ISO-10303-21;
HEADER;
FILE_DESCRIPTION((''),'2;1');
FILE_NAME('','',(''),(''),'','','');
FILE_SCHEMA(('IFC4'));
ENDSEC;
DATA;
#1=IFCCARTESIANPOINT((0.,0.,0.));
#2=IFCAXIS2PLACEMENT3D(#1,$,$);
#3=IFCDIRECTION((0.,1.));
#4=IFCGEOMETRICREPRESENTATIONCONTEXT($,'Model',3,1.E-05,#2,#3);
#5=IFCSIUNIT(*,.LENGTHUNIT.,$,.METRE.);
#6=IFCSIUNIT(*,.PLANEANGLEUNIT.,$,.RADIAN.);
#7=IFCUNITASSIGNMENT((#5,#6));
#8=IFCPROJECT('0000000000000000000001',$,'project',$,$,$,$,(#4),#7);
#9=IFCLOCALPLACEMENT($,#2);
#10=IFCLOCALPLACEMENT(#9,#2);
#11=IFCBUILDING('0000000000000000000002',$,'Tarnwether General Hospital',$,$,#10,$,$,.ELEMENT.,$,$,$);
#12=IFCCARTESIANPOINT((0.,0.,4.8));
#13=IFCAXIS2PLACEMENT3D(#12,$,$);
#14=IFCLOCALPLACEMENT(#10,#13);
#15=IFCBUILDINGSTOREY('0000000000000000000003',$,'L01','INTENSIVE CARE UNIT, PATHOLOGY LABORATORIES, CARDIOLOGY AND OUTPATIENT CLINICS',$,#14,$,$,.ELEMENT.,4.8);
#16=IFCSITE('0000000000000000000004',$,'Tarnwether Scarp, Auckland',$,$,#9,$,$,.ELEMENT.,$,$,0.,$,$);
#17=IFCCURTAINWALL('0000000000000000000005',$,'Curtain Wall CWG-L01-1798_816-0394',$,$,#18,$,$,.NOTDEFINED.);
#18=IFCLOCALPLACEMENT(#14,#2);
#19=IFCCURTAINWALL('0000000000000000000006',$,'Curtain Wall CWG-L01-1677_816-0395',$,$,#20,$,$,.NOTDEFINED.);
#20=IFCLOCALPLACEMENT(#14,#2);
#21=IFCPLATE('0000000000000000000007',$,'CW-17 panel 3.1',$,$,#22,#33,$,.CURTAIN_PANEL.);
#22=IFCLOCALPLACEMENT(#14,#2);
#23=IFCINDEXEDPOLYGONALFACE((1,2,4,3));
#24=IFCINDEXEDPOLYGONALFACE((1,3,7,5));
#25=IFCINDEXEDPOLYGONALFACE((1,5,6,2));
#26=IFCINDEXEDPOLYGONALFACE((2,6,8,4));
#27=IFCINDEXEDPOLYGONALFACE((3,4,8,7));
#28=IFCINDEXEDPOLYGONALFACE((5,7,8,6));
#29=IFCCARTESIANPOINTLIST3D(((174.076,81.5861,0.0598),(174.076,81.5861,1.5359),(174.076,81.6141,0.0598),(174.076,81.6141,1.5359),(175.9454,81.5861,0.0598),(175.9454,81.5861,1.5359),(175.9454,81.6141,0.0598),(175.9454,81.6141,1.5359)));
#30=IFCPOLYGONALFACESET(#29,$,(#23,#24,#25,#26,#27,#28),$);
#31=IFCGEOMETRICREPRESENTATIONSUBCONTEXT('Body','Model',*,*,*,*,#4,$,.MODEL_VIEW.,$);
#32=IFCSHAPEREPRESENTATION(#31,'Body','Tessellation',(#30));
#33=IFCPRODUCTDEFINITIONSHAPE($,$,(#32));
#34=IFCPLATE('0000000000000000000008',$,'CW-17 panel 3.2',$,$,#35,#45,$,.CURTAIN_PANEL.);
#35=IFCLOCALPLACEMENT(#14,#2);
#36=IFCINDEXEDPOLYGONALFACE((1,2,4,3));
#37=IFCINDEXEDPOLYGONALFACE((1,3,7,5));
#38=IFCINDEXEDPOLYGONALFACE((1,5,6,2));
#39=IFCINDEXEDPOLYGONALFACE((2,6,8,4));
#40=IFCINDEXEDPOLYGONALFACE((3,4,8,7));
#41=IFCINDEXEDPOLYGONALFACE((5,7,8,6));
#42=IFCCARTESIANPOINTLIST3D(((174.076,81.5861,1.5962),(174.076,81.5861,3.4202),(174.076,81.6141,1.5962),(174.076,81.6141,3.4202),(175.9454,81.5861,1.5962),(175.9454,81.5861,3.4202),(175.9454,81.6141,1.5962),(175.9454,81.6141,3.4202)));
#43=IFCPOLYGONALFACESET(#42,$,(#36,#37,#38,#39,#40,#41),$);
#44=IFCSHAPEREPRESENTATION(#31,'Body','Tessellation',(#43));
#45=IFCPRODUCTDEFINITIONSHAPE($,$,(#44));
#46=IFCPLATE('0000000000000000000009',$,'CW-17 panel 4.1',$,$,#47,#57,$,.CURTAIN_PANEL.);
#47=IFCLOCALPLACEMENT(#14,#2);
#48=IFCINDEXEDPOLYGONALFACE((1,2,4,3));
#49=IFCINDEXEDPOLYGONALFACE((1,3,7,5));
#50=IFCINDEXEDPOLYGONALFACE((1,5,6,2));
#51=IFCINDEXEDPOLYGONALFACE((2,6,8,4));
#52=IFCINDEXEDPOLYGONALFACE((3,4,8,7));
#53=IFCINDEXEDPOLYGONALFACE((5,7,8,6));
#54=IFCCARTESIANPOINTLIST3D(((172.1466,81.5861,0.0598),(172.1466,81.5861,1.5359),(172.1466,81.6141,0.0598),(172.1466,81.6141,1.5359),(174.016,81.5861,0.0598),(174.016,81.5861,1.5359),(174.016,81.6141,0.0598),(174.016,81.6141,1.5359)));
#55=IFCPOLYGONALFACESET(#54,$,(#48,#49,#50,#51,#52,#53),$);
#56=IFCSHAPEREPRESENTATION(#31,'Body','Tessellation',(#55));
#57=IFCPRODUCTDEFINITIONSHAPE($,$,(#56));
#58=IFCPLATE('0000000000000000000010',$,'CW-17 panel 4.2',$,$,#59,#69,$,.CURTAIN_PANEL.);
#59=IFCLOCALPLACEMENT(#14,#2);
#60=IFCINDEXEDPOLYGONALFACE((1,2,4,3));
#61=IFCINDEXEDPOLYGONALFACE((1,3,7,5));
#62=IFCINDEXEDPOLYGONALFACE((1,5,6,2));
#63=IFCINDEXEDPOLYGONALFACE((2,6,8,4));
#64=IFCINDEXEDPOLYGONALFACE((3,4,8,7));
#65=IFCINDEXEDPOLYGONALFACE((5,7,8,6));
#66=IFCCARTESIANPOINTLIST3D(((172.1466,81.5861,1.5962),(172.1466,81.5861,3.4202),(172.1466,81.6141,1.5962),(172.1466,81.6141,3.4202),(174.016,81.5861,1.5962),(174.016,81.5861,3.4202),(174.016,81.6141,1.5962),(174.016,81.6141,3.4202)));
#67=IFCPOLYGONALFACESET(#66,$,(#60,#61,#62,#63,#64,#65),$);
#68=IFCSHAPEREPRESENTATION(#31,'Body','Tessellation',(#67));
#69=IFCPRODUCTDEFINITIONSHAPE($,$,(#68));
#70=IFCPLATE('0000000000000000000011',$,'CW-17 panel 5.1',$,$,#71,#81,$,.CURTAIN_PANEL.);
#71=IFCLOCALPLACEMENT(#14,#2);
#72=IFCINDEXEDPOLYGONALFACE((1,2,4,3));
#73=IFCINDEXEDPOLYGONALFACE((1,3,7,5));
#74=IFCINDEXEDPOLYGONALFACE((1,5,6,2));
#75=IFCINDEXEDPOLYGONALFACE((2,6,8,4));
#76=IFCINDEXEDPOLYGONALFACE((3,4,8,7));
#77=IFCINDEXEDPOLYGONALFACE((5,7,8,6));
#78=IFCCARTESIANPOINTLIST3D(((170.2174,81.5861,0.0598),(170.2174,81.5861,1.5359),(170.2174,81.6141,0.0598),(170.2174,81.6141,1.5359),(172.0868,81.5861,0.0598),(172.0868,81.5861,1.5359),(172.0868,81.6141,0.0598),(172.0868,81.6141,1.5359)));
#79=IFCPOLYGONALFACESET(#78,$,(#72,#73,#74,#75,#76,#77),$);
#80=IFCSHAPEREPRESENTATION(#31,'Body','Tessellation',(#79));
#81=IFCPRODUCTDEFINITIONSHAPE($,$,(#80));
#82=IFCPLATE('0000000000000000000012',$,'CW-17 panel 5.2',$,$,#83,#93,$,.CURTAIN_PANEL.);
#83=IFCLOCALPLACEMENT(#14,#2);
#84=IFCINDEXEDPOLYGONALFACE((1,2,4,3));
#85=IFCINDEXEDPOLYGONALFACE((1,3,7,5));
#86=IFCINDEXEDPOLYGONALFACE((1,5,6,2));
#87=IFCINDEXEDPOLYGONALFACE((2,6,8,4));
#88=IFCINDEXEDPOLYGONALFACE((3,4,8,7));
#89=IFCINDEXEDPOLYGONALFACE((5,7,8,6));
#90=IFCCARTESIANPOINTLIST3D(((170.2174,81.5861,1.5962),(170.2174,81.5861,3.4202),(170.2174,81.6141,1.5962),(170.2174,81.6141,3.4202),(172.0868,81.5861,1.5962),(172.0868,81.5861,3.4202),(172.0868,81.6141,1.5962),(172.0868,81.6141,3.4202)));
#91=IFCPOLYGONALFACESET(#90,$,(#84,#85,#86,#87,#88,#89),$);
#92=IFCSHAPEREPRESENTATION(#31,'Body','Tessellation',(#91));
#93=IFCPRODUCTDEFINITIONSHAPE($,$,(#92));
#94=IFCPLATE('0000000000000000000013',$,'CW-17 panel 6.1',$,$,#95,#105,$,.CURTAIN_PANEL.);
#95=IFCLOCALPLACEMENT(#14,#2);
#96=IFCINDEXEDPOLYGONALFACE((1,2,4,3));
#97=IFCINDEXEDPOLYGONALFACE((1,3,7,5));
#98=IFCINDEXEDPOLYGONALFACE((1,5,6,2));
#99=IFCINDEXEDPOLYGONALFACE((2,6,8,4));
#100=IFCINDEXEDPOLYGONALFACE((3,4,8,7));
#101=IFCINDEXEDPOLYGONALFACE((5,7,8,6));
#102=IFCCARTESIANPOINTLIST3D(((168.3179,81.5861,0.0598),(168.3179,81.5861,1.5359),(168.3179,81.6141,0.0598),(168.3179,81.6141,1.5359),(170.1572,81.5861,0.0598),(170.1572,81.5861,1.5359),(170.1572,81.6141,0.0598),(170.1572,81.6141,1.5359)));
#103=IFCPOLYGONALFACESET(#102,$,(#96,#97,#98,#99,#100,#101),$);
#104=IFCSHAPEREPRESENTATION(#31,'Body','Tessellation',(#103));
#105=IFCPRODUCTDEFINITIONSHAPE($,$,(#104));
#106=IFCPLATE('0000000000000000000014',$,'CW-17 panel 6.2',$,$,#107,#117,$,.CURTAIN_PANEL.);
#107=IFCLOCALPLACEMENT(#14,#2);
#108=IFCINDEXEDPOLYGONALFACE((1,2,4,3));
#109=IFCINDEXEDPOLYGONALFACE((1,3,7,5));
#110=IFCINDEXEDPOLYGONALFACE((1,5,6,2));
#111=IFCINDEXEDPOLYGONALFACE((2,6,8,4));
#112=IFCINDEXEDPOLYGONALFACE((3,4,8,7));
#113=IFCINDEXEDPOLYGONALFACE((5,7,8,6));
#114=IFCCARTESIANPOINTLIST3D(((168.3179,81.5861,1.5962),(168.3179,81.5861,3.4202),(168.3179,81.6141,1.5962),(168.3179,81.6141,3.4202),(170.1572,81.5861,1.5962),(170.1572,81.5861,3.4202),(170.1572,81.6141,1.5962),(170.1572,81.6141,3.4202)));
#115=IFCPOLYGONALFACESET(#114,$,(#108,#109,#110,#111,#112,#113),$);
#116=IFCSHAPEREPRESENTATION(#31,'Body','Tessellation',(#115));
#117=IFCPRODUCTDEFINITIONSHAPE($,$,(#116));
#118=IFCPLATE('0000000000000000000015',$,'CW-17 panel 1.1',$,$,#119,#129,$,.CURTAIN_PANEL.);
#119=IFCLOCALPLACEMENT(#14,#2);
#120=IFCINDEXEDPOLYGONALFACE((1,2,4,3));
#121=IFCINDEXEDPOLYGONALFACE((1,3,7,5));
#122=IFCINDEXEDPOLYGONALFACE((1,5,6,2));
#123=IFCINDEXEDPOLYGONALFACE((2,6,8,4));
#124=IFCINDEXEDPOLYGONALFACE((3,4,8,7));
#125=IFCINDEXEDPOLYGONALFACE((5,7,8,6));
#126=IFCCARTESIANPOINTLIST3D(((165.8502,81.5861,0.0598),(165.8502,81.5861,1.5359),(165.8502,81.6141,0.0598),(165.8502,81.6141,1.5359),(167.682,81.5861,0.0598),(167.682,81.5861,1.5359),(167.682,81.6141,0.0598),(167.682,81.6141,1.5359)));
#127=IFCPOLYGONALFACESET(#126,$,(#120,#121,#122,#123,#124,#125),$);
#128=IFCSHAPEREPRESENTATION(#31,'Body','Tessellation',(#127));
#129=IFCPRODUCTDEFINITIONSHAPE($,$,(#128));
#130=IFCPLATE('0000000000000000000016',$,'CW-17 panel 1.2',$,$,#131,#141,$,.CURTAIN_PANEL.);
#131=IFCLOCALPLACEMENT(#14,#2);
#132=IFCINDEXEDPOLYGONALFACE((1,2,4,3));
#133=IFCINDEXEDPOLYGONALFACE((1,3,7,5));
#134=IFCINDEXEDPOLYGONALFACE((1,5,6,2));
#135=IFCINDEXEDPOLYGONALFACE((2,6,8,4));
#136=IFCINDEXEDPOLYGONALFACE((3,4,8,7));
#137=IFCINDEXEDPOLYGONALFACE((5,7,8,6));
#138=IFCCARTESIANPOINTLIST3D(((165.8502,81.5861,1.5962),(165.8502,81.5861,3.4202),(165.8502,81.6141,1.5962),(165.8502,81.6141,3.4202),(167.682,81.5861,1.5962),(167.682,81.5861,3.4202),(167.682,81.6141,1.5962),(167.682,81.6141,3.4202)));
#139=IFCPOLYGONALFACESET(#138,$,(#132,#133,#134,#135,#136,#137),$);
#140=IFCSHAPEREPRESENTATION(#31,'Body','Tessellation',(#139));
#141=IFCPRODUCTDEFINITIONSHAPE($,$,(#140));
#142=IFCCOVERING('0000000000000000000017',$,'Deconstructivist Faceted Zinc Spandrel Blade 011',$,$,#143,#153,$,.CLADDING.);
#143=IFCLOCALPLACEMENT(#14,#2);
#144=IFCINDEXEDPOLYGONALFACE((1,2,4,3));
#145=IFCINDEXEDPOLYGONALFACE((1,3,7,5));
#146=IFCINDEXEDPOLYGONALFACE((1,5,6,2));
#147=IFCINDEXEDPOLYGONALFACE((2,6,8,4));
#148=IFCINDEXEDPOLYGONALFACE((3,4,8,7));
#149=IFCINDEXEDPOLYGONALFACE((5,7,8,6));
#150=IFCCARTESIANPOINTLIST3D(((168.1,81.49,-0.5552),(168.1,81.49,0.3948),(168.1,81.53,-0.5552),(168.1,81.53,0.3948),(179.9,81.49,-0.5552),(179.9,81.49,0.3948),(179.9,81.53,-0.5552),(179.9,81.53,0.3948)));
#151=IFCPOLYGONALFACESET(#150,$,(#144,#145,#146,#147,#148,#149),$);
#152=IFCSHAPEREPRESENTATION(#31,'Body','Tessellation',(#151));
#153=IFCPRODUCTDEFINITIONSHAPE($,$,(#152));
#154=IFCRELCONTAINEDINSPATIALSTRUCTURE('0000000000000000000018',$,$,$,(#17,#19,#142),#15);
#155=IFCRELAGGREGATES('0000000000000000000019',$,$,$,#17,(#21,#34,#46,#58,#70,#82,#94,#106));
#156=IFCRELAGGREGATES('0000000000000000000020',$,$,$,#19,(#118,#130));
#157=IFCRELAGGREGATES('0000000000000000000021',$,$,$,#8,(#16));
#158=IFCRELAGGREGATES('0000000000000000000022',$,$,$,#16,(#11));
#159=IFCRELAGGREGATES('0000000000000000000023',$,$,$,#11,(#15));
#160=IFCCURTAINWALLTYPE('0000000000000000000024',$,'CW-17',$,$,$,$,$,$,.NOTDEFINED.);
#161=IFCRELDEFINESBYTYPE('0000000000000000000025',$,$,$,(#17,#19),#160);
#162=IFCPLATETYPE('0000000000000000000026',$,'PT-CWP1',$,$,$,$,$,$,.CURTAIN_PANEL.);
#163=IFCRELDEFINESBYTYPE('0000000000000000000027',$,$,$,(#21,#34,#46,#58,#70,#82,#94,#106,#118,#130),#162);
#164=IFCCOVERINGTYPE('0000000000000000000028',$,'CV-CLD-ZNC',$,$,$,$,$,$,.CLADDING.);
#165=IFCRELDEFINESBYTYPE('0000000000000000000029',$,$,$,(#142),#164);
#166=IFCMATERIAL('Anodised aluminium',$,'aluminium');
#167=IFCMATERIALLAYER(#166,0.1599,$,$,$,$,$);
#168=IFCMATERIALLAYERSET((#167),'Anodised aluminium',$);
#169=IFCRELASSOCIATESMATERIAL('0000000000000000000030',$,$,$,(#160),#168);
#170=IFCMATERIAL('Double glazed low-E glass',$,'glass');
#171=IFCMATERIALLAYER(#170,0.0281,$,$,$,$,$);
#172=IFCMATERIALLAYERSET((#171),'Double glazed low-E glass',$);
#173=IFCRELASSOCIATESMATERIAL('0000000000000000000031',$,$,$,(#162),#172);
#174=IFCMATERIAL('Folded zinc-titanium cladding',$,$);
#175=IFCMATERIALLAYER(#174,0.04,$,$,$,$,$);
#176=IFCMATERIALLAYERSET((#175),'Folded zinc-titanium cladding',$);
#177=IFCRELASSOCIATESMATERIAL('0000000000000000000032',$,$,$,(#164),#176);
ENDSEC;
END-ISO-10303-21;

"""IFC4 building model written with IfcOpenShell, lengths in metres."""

from ifc_helpers import new_model, si_unit, direction, frame, origin, origin_2d, place, context, subcontext, project, spatial, rectangle, extrude, material, layer, layer_set, type_object, element, aggregate, save


model = new_model("IFC4")

# Units and contexts
model_context = context("Model", 3, precision=1e-05, world=origin(), true_north=direction((0.0, 1.0)))
body_context = subcontext(model_context, "Body", "Model", "MODEL_VIEW")
ifc_project = project(units=[si_unit("LENGTHUNIT", "METRE"), si_unit("PLANEANGLEUNIT", "RADIAN")], contexts=[model_context])

# Site, building, storey
site_placement = place(None, origin())
site = spatial("IfcSite", under=ifc_project, at=site_placement, Name="Tarnwether Scarp, Auckland", CompositionType="ELEMENT", RefElevation=0.0)
building_placement = place(site_placement, origin())
building = spatial("IfcBuilding", under=site, at=building_placement, Name="Tarnwether General Hospital", CompositionType="ELEMENT")
storey_placement = place(building_placement, frame((0.0, 0.0, 4.8)))
storey = spatial("IfcBuildingStorey", under=building, at=storey_placement, Name="L01", Description="INTENSIVE CARE UNIT, PATHOLOGY LABORATORIES, CARDIOLOGY AND OUTPATIENT CLINICS", CompositionType="ELEMENT", Elevation=4.8)

# Curtain wall
ifc_material_1 = material(Name="Anodised aluminium", Category="aluminium")
ifc_layer_1 = layer(ifc_material_1, 0.1599)
ifc_layer_set_1 = layer_set([ifc_layer_1], Name="Anodised aluminium")
curtain_wall_type = type_object("IfcCurtainWallType", Name="CW-17", PredefinedType="NOTDEFINED", material=ifc_layer_set_1)
curtain_wall_1_placement = place(storey_placement, origin())
curtain_wall_1 = element("IfcCurtainWall", 1, at=curtain_wall_1_placement, inside=storey, type_object=curtain_wall_type, Name="Curtain Wall CWG-L01-1798_816-0394", PredefinedType="NOTDEFINED")

# Curtain wall
curtain_wall_2_placement = place(storey_placement, origin())
curtain_wall_2 = element("IfcCurtainWall", 2, at=curtain_wall_2_placement, inside=storey, type_object=curtain_wall_type, Name="Curtain Wall CWG-L01-1677_816-0395", PredefinedType="NOTDEFINED")

# Plates
ifc_material_2 = material(Name="Double glazed low-E glass", Category="glass")
ifc_layer_2 = layer(ifc_material_2, 0.0281)
ifc_layer_set_2 = layer_set([ifc_layer_2], Name="Double glazed low-E glass")
plate_type = type_object("IfcPlateType", Name="PT-CWP1", PredefinedType="CURTAIN_PANEL", material=ifc_layer_set_2)
plate_1_placement = place(storey_placement, frame((175.0107, 81.6001, 0.0598), z_axis=(0.0, 0.0, 1.0), x_axis=(-1.0, 0.0, 0.0)))
plate_1 = element("IfcPlate", 3, at=plate_1_placement, type_object=plate_type, Name="CW-17 panel 3.1", PredefinedType="CURTAIN_PANEL", context=body_context, shape_type="SweptSolid", body=[
    extrude(rectangle(XDim=1.8694, YDim=0.0281, at=origin_2d()), origin(), (0.0, 0.0, 1.0), 1.4761),
])
plate_2_placement = place(storey_placement, frame((175.0107, 81.6001, 1.5962), z_axis=(0.0, 0.0, 1.0), x_axis=(-1.0, 0.0, 0.0)))
plate_2 = element("IfcPlate", 4, at=plate_2_placement, type_object=plate_type, Name="CW-17 panel 3.2", PredefinedType="CURTAIN_PANEL", context=body_context, shape_type="SweptSolid", body=[
    extrude(rectangle(XDim=1.8694, YDim=0.0281, at=origin_2d()), origin(), (0.0, 0.0, 1.0), 1.824),
])
plate_3_placement = place(storey_placement, frame((173.0813, 81.6001, 0.0598), z_axis=(0.0, 0.0, 1.0), x_axis=(-1.0, 0.0, 0.0)))
plate_3 = element("IfcPlate", 5, at=plate_3_placement, type_object=plate_type, Name="CW-17 panel 4.1", PredefinedType="CURTAIN_PANEL", context=body_context, shape_type="SweptSolid", body=[
    extrude(rectangle(XDim=1.8694, YDim=0.0281, at=origin_2d()), origin(), (0.0, 0.0, 1.0), 1.4761),
])
plate_4_placement = place(storey_placement, frame((173.0813, 81.6001, 1.5962), z_axis=(0.0, 0.0, 1.0), x_axis=(-1.0, 0.0, 0.0)))
plate_4 = element("IfcPlate", 6, at=plate_4_placement, type_object=plate_type, Name="CW-17 panel 4.2", PredefinedType="CURTAIN_PANEL", context=body_context, shape_type="SweptSolid", body=[
    extrude(rectangle(XDim=1.8694, YDim=0.0281, at=origin_2d()), origin(), (0.0, 0.0, 1.0), 1.824),
])
plate_5_placement = place(storey_placement, frame((171.1521, 81.6001, 0.0598), z_axis=(0.0, 0.0, 1.0), x_axis=(-1.0, 0.0, 0.0)))
plate_5 = element("IfcPlate", 7, at=plate_5_placement, type_object=plate_type, Name="CW-17 panel 5.1", PredefinedType="CURTAIN_PANEL", context=body_context, shape_type="SweptSolid", body=[
    extrude(rectangle(XDim=1.8694, YDim=0.0281, at=origin_2d()), origin(), (0.0, 0.0, 1.0), 1.4761),
])
plate_6_placement = place(storey_placement, frame((171.1521, 81.6001, 1.5962), z_axis=(0.0, 0.0, 1.0), x_axis=(-1.0, 0.0, 0.0)))
plate_6 = element("IfcPlate", 8, at=plate_6_placement, type_object=plate_type, Name="CW-17 panel 5.2", PredefinedType="CURTAIN_PANEL", context=body_context, shape_type="SweptSolid", body=[
    extrude(rectangle(XDim=1.8694, YDim=0.0281, at=origin_2d()), origin(), (0.0, 0.0, 1.0), 1.824),
])
plate_7_placement = place(storey_placement, frame((169.2375, 81.6001, 0.0598), z_axis=(0.0, 0.0, 1.0), x_axis=(-1.0, 0.0, 0.0)))
plate_7 = element("IfcPlate", 9, at=plate_7_placement, type_object=plate_type, Name="CW-17 panel 6.1", PredefinedType="CURTAIN_PANEL", context=body_context, shape_type="SweptSolid", body=[
    extrude(rectangle(XDim=1.8394, YDim=0.0281, at=origin_2d()), origin(), (0.0, 0.0, 1.0), 1.4761),
])
plate_8_placement = place(storey_placement, frame((169.2375, 81.6001, 1.5962), z_axis=(0.0, 0.0, 1.0), x_axis=(-1.0, 0.0, 0.0)))
plate_8 = element("IfcPlate", 10, at=plate_8_placement, type_object=plate_type, Name="CW-17 panel 6.2", PredefinedType="CURTAIN_PANEL", context=body_context, shape_type="SweptSolid", body=[
    extrude(rectangle(XDim=1.8394, YDim=0.0281, at=origin_2d()), origin(), (0.0, 0.0, 1.0), 1.824),
])
aggregate(curtain_wall_1, [plate_1, plate_2, plate_3, plate_4, plate_5, plate_6, plate_7, plate_8])
plate_9_placement = place(storey_placement, frame((166.7661, 81.6001, 0.0598), z_axis=(0.0, 0.0, 1.0), x_axis=(-1.0, 0.0, 0.0)))
plate_9 = element("IfcPlate", 11, at=plate_9_placement, type_object=plate_type, Name="CW-17 panel 1.1", PredefinedType="CURTAIN_PANEL", context=body_context, shape_type="SweptSolid", body=[
    extrude(rectangle(XDim=1.8318, YDim=0.0281, at=origin_2d()), origin(), (0.0, 0.0, 1.0), 1.4761),
])
plate_10_placement = place(storey_placement, frame((166.7661, 81.6001, 1.5962), z_axis=(0.0, 0.0, 1.0), x_axis=(-1.0, 0.0, 0.0)))
plate_10 = element("IfcPlate", 12, at=plate_10_placement, type_object=plate_type, Name="CW-17 panel 1.2", PredefinedType="CURTAIN_PANEL", context=body_context, shape_type="SweptSolid", body=[
    extrude(rectangle(XDim=1.8318, YDim=0.0281, at=origin_2d()), origin(), (0.0, 0.0, 1.0), 1.824),
])
aggregate(curtain_wall_2, [plate_9, plate_10])

# Covering
ifc_material_3 = material(Name="Folded zinc-titanium cladding")
ifc_layer_3 = layer(ifc_material_3, 0.04)
ifc_layer_set_3 = layer_set([ifc_layer_3], Name="Folded zinc-titanium cladding")
covering_type = type_object("IfcCoveringType", Name="CV-CLD-ZNC", PredefinedType="CLADDING", material=ifc_layer_set_3)
covering_placement = place(storey_placement, frame((174.0, 81.51, -0.5552), z_axis=(0.0, 0.0, 1.0), x_axis=(1.0, 0.0, 0.0)))
element("IfcCovering", 13, at=covering_placement, inside=storey, type_object=covering_type, Name="Deconstructivist Faceted Zinc Spandrel Blade 011", PredefinedType="CLADDING", context=body_context, shape_type="SweptSolid", body=[
    extrude(rectangle(XDim=11.8, YDim=0.04, at=origin_2d()), origin(), (0.0, 0.0, 1.0), 0.95),
])

save(model, "model.ifc")
